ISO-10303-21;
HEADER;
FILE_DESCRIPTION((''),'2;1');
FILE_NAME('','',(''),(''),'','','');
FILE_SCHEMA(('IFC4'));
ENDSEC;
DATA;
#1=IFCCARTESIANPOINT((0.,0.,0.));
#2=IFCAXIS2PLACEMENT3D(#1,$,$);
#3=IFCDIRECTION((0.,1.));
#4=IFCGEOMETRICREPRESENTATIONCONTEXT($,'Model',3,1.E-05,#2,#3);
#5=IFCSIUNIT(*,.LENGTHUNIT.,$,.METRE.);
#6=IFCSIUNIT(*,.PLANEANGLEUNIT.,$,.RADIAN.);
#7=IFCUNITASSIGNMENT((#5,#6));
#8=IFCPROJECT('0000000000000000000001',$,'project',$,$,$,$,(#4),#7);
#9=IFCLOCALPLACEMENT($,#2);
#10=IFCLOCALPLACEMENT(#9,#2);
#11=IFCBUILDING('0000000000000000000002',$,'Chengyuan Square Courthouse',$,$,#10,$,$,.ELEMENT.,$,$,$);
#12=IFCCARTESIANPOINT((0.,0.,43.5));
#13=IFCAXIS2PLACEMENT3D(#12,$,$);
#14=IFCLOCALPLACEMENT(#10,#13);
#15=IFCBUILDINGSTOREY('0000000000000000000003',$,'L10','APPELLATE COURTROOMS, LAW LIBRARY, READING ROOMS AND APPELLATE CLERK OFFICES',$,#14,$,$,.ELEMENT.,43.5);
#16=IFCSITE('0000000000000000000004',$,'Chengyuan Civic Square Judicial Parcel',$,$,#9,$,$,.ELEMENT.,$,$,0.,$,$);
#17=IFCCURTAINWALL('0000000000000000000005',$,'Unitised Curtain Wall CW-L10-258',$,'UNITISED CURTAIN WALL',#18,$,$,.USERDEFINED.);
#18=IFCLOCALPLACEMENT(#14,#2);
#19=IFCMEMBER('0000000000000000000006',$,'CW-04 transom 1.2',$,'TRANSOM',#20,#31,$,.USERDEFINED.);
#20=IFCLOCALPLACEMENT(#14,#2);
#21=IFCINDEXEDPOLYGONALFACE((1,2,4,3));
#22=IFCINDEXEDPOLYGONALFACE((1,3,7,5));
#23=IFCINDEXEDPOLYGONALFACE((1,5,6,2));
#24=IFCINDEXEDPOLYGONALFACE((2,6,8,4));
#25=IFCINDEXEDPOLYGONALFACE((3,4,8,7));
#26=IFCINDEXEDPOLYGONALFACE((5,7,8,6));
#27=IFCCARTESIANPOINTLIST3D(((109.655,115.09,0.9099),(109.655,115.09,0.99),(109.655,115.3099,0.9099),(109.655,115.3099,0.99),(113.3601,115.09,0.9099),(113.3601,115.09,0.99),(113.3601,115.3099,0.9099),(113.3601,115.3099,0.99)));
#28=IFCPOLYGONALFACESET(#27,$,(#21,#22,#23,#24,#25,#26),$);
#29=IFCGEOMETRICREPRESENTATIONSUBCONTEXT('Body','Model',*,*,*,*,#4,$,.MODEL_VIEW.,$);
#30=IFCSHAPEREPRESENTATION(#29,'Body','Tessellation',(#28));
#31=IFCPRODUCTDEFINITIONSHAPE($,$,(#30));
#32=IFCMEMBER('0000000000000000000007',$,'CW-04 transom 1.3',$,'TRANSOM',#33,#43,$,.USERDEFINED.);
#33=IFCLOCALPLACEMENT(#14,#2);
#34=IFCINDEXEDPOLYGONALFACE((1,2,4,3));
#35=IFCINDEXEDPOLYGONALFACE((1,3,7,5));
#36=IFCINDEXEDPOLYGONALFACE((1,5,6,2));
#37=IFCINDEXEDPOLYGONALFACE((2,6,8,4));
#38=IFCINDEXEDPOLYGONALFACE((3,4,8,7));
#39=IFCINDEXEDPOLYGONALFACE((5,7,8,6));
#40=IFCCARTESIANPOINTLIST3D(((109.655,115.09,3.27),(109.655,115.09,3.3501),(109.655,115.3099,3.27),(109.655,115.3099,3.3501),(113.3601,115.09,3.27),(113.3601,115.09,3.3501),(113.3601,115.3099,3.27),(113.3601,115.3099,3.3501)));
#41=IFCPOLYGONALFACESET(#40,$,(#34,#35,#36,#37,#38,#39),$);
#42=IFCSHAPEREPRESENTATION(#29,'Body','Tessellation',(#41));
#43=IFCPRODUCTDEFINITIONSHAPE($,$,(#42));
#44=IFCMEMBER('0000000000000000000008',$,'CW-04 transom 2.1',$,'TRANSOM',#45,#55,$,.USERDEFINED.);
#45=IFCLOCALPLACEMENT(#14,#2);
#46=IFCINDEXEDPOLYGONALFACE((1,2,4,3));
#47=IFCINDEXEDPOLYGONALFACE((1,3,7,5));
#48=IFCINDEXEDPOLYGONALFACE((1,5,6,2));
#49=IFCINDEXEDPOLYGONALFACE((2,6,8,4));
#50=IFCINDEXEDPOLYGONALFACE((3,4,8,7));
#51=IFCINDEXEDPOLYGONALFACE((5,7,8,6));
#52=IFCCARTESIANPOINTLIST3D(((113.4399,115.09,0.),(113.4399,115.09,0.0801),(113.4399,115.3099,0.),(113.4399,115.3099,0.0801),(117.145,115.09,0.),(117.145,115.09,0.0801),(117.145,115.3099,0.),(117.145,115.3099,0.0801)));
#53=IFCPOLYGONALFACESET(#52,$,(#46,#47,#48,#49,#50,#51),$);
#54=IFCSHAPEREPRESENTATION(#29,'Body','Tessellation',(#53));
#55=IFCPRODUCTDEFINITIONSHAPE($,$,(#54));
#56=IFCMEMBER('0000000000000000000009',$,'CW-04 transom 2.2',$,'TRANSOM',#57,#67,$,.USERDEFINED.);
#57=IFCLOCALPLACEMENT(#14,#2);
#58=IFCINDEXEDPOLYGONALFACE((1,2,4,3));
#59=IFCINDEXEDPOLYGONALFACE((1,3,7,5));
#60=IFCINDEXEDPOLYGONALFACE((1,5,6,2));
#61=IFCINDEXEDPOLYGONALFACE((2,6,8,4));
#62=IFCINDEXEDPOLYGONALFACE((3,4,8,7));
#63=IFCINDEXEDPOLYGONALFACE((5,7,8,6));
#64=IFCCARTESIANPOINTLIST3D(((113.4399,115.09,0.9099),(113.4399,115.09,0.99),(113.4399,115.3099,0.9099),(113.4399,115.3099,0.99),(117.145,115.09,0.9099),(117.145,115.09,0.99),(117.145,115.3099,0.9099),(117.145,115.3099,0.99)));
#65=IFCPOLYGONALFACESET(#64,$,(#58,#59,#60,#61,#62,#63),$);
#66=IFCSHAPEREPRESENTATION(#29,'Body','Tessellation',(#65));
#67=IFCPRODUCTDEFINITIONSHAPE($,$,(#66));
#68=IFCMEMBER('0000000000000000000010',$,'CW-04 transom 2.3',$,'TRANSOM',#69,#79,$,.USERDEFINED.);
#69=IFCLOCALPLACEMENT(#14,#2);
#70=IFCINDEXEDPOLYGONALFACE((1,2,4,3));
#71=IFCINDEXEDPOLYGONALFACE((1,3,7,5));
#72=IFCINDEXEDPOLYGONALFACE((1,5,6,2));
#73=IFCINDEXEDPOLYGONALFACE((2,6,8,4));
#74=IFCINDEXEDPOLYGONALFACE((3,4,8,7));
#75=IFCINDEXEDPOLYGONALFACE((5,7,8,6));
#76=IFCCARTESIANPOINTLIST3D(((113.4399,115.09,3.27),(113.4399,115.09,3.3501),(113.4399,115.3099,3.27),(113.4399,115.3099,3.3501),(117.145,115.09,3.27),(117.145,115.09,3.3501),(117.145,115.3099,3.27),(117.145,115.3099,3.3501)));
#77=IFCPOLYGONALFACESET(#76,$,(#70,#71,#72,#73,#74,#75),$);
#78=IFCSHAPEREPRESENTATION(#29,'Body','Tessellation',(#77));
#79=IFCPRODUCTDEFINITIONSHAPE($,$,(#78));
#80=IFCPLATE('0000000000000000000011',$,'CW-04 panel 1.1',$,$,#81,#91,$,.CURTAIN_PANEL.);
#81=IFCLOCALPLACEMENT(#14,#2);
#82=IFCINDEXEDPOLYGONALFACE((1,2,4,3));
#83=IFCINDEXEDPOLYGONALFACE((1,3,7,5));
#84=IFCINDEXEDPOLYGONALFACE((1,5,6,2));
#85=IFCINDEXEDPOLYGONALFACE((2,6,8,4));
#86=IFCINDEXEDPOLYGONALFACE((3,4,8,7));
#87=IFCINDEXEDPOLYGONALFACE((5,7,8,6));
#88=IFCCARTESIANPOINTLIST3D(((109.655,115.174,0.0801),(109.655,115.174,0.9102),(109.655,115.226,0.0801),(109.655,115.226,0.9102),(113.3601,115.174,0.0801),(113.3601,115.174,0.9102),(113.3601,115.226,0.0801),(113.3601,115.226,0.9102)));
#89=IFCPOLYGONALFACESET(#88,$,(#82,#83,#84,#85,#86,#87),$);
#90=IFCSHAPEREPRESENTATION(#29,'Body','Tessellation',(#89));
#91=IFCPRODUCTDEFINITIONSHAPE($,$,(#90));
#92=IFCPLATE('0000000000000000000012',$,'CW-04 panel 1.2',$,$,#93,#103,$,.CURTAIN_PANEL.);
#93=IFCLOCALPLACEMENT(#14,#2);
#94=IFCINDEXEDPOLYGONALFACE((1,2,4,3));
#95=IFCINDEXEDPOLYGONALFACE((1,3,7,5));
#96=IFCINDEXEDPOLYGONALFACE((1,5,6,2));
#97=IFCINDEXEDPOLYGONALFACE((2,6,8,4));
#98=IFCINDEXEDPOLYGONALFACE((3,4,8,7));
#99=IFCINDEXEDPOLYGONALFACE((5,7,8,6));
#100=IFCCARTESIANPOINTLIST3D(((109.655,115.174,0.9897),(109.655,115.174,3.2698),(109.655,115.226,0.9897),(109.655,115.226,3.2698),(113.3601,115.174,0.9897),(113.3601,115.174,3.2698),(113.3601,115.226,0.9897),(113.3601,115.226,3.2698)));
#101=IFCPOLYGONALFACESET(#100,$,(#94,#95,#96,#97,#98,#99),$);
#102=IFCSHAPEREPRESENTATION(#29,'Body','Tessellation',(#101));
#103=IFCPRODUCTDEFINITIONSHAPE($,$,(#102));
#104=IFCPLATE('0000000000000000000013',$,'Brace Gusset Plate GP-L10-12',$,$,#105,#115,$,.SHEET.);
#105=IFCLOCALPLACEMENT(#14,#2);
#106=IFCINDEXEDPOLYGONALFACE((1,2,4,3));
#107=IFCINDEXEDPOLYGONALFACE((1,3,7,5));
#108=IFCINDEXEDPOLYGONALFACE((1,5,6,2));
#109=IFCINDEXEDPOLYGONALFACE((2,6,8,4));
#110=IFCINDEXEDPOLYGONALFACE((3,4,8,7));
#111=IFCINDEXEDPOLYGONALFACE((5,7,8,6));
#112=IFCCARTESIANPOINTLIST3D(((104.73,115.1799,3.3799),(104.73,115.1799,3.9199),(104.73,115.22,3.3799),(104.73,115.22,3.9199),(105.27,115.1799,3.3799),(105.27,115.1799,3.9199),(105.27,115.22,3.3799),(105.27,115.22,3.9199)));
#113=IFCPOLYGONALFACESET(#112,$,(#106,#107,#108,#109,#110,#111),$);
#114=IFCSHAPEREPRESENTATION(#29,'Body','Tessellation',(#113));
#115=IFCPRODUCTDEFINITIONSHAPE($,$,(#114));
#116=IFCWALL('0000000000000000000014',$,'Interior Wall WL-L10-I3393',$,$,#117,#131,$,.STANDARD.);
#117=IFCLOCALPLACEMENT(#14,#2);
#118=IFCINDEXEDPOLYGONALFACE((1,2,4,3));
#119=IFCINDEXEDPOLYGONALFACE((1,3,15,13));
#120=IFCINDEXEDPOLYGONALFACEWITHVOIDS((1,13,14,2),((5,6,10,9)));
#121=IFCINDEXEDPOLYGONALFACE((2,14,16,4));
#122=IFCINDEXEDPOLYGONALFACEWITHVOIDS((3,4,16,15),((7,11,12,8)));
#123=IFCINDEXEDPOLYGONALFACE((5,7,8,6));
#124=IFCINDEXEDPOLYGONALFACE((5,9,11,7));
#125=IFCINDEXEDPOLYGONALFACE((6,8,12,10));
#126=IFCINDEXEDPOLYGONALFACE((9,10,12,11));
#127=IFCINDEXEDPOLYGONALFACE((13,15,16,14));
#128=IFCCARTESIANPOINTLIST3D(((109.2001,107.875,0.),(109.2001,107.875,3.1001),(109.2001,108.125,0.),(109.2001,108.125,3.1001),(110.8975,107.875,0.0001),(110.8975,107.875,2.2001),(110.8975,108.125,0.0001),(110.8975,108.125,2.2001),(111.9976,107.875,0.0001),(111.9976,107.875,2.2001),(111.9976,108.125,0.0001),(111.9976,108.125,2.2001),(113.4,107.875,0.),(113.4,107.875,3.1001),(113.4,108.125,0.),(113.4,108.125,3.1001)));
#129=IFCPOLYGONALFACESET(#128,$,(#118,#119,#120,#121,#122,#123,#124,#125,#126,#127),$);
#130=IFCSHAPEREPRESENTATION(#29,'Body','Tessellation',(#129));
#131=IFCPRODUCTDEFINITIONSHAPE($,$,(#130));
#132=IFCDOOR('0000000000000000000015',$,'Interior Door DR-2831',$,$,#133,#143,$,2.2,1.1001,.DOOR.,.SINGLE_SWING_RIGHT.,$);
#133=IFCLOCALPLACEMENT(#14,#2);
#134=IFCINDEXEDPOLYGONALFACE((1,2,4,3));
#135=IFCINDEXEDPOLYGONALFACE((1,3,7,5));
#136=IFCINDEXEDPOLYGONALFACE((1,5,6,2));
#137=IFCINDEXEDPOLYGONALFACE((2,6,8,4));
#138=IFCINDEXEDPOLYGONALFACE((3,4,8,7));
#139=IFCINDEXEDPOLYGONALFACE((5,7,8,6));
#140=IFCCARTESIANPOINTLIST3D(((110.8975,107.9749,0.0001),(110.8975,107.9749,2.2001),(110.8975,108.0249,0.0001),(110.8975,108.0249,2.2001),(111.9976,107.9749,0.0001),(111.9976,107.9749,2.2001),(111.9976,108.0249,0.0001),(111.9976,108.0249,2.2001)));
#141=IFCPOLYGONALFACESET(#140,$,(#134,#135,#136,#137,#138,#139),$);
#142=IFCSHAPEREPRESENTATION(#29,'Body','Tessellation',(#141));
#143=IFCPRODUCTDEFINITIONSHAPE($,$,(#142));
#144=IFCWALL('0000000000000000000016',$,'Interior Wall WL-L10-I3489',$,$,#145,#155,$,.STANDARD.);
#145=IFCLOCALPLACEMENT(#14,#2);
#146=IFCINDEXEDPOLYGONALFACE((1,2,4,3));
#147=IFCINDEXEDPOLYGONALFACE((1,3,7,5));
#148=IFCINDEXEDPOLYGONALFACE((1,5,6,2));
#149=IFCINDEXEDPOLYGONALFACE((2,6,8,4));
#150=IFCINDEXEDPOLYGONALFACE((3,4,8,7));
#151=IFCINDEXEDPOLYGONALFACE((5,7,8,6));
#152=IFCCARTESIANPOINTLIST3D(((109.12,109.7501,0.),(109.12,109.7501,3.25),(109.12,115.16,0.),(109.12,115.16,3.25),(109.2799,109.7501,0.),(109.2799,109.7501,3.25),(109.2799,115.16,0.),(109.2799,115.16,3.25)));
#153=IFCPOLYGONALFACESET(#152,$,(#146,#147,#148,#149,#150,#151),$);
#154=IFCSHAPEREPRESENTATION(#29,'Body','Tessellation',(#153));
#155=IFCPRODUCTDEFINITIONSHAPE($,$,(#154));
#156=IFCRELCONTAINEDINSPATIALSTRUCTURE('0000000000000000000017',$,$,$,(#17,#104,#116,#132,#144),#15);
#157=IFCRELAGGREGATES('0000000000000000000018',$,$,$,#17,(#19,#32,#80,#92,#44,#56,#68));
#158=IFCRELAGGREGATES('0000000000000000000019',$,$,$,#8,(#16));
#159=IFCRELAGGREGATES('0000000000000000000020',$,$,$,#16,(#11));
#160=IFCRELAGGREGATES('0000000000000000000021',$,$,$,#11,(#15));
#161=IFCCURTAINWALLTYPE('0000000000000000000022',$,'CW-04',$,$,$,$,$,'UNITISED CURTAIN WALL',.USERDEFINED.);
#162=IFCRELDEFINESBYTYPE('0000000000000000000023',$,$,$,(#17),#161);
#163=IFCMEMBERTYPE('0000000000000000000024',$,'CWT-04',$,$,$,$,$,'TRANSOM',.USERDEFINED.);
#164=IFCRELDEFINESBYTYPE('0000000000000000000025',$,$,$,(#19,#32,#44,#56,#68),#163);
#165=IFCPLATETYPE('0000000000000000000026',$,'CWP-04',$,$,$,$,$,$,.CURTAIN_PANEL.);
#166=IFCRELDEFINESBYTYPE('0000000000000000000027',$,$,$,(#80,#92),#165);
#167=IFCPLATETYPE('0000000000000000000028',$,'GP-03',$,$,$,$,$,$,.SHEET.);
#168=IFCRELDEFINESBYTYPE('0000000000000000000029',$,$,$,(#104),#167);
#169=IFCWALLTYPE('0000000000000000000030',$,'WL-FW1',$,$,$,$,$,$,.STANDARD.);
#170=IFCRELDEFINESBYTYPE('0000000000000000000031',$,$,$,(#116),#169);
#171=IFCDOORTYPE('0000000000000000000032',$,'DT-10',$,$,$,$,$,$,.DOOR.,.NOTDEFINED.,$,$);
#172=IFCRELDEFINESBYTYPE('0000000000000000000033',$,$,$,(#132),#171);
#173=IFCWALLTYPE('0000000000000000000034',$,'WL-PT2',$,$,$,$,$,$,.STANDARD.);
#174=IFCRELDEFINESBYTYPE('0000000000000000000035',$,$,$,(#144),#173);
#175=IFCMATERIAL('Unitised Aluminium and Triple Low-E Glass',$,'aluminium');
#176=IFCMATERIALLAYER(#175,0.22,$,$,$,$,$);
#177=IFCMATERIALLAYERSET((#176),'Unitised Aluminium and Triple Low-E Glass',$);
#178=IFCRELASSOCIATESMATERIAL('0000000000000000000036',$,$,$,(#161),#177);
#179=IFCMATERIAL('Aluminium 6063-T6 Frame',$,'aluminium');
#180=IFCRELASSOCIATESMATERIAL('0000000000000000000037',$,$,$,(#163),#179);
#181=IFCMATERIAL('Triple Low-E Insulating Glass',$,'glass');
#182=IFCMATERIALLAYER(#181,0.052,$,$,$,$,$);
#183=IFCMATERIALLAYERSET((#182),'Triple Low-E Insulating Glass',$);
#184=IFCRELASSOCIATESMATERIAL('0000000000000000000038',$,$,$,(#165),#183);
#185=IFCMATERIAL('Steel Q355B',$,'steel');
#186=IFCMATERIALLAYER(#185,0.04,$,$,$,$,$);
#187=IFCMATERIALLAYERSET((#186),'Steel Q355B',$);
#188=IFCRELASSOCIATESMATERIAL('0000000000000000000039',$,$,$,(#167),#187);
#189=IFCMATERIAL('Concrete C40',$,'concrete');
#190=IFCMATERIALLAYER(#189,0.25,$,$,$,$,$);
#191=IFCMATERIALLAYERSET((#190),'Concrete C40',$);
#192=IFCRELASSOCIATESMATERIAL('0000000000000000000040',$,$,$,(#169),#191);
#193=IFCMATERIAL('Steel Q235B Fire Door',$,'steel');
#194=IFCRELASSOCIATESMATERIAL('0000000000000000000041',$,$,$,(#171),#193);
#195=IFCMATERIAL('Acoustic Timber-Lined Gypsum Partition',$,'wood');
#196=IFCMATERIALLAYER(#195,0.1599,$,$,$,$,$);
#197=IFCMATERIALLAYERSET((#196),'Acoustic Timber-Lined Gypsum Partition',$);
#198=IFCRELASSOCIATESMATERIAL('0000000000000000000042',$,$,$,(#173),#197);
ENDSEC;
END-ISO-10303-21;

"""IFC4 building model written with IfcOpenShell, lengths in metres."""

from ifc_helpers import new_model, si_unit, direction, frame, frame_2d, origin, origin_2d, place, context, subcontext, project, spatial, rectangle, extrude, material, layer, layer_set, material_profile, profile_set, type_object, element, fill, aggregate, save


model = new_model("IFC4")

# Units and contexts
model_context = context("Model", 3, precision=1e-05, world=origin(), true_north=direction((0.0, 1.0)))
body_context = subcontext(model_context, "Body", "Model", "MODEL_VIEW")
ifc_project = project(units=[si_unit("LENGTHUNIT", "METRE"), si_unit("PLANEANGLEUNIT", "RADIAN")], contexts=[model_context])

# Site, building, storey
site_placement = place(None, origin())
site = spatial("IfcSite", under=ifc_project, at=site_placement, Name="Chengyuan Civic Square Judicial Parcel", CompositionType="ELEMENT", RefElevation=0.0)
building_placement = place(site_placement, origin())
building = spatial("IfcBuilding", under=site, at=building_placement, Name="Chengyuan Square Courthouse", CompositionType="ELEMENT")
storey_placement = place(building_placement, frame((0.0, 0.0, 43.5)))
storey = spatial("IfcBuildingStorey", under=building, at=storey_placement, Name="L10", Description="APPELLATE COURTROOMS, LAW LIBRARY, READING ROOMS AND APPELLATE CLERK OFFICES", CompositionType="ELEMENT", Elevation=43.5)

# Shared definitions
ifc_material_1 = material(Name="Concrete C40", Category="concrete")

# Shared definitions
ifc_material_2 = material(Name="Steel Q355B", Category="steel")

# Curtain wall, members, plates
ifc_material_3 = material(Name="Unitised Aluminium and Triple Low-E Glass", Category="aluminium")
ifc_layer_1 = layer(ifc_material_3, 0.22)
ifc_layer_set_1 = layer_set([ifc_layer_1], Name="Unitised Aluminium and Triple Low-E Glass")
curtain_wall_type = type_object("IfcCurtainWallType", Name="CW-04", ElementType="UNITISED CURTAIN WALL", PredefinedType="USERDEFINED", material=ifc_layer_set_1)
curtain_wall_placement = place(storey_placement, origin())
curtain_wall = element("IfcCurtainWall", 1, at=curtain_wall_placement, inside=storey, type_object=curtain_wall_type, Name="Unitised Curtain Wall CW-L10-258", ObjectType="UNITISED CURTAIN WALL", PredefinedType="USERDEFINED")
ifc_material_4 = material(Name="Aluminium 6063-T6 Frame", Category="aluminium")
ifc_material_profile_1 = material_profile(ifc_material_4, rectangle(XDim=0.22, YDim=0.0801, at=origin_2d()), Name="CW-TRN-80x180")
ifc_profile_set_1 = profile_set([ifc_material_profile_1], Name="Aluminium 6063-T6 Frame")
member_type_1 = type_object("IfcMemberType", Name="CWT-04", ElementType="TRANSOM", PredefinedType="USERDEFINED", material=ifc_profile_set_1)
member_1_placement = place(storey_placement, frame((109.655, 115.2, 0.95), z_axis=(1.0, 0.0, 0.0), x_axis=(0.0, 1.0, 0.0)))
member_1 = element("IfcMember", 2, at=member_1_placement, type_object=member_type_1, Name="CW-04 transom 1.2", ObjectType="TRANSOM", PredefinedType="USERDEFINED", context=body_context, shape_type="SweptSolid", body=[
    extrude(rectangle(XDim=0.22, YDim=0.0801, at=origin_2d()), origin(), (0.0, 0.0, 1.0), 3.7051),
])
member_2_placement = place(storey_placement, frame((109.655, 115.2, 3.3101), z_axis=(1.0, 0.0, 0.0), x_axis=(0.0, 1.0, 0.0)))
member_2 = element("IfcMember", 3, at=member_2_placement, type_object=member_type_1, Name="CW-04 transom 1.3", ObjectType="TRANSOM", PredefinedType="USERDEFINED", context=body_context, shape_type="SweptSolid", body=[
    extrude(rectangle(XDim=0.22, YDim=0.0801, at=origin_2d()), origin(), (0.0, 0.0, 1.0), 3.7051),
])
member_3_placement = place(storey_placement, frame((113.4399, 115.2, 0.04), z_axis=(1.0, 0.0, 0.0), x_axis=(0.0, 1.0, 0.0)))
member_3 = element("IfcMember", 4, at=member_3_placement, type_object=member_type_1, Name="CW-04 transom 2.1", ObjectType="TRANSOM", PredefinedType="USERDEFINED", context=body_context, shape_type="SweptSolid", body=[
    extrude(rectangle(XDim=0.22, YDim=0.0801, at=origin_2d()), origin(), (0.0, 0.0, 1.0), 3.7051),
])
member_4_placement = place(storey_placement, frame((113.4399, 115.2, 0.95), z_axis=(1.0, 0.0, 0.0), x_axis=(0.0, 1.0, 0.0)))
member_4 = element("IfcMember", 5, at=member_4_placement, type_object=member_type_1, Name="CW-04 transom 2.2", ObjectType="TRANSOM", PredefinedType="USERDEFINED", context=body_context, shape_type="SweptSolid", body=[
    extrude(rectangle(XDim=0.22, YDim=0.0801, at=origin_2d()), origin(), (0.0, 0.0, 1.0), 3.7051),
])
member_5_placement = place(storey_placement, frame((113.4399, 115.2, 3.3101), z_axis=(1.0, 0.0, 0.0), x_axis=(0.0, 1.0, 0.0)))
member_5 = element("IfcMember", 6, at=member_5_placement, type_object=member_type_1, Name="CW-04 transom 2.3", ObjectType="TRANSOM", PredefinedType="USERDEFINED", context=body_context, shape_type="SweptSolid", body=[
    extrude(rectangle(XDim=0.22, YDim=0.0801, at=origin_2d()), origin(), (0.0, 0.0, 1.0), 3.7051),
])
ifc_material_5 = material(Name="Triple Low-E Insulating Glass", Category="glass")
ifc_layer_2 = layer(ifc_material_5, 0.052)
ifc_layer_set_2 = layer_set([ifc_layer_2], Name="Triple Low-E Insulating Glass")
plate_type_1 = type_object("IfcPlateType", Name="CWP-04", PredefinedType="CURTAIN_PANEL", material=ifc_layer_set_2)
plate_1_placement = place(storey_placement, frame((111.5076, 115.2, 0.0801), z_axis=(0.0, 0.0, 1.0), x_axis=(1.0, 0.0, 0.0)))
plate_1 = element("IfcPlate", 7, at=plate_1_placement, type_object=plate_type_1, Name="CW-04 panel 1.1", PredefinedType="CURTAIN_PANEL", context=body_context, shape_type="SweptSolid", body=[
    extrude(rectangle(XDim=3.7051, YDim=0.052, at=origin_2d()), origin(), (0.0, 0.0, 1.0), 0.8301),
])
plate_2_placement = place(storey_placement, frame((111.5076, 115.2, 0.9897), z_axis=(0.0, 0.0, 1.0), x_axis=(1.0, 0.0, 0.0)))
plate_2 = element("IfcPlate", 8, at=plate_2_placement, type_object=plate_type_1, Name="CW-04 panel 1.2", PredefinedType="CURTAIN_PANEL", context=body_context, shape_type="SweptSolid", body=[
    extrude(rectangle(XDim=3.7051, YDim=0.052, at=origin_2d()), origin(), (0.0, 0.0, 1.0), 2.28),
])
aggregate(curtain_wall, [member_1, member_2, plate_1, plate_2, member_3, member_4, member_5])

# Plate
ifc_layer_3 = layer(ifc_material_2, 0.04)
ifc_layer_set_3 = layer_set([ifc_layer_3], Name="Steel Q355B")
plate_type_2 = type_object("IfcPlateType", Name="GP-03", PredefinedType="SHEET", material=ifc_layer_set_3)
plate_3_placement = place(storey_placement, frame((105.0, 115.2, 3.3799), z_axis=(0.0, 0.0, 1.0), x_axis=(1.0, 0.0, 0.0)))
element("IfcPlate", 9, at=plate_3_placement, inside=storey, type_object=plate_type_2, Name="Brace Gusset Plate GP-L10-12", PredefinedType="SHEET", context=body_context, shape_type="SweptSolid", body=[
    extrude(rectangle(XDim=0.54, YDim=0.04, at=origin_2d()), origin(), (0.0, 0.0, 1.0), 0.54),
])

# Wall, opening, door
ifc_layer_4 = layer(ifc_material_1, 0.25)
ifc_layer_set_4 = layer_set([ifc_layer_4], Name="Concrete C40")
wall_type_1 = type_object("IfcWallType", Name="WL-FW1", PredefinedType="STANDARD", material=ifc_layer_set_4)
wall_1_placement = place(storey_placement, frame((109.2, 108.0, 0.0), z_axis=(0.0, 0.0, 1.0), x_axis=(1.0, 0.0, 0.0)))
wall_1 = element("IfcWall", 10, at=wall_1_placement, inside=storey, type_object=wall_type_1, Name="Interior Wall WL-L10-I3393", PredefinedType="STANDARD", context=body_context, shape_type="SweptSolid", body=[
    extrude(rectangle(XDim=4.2, YDim=0.25, at=frame_2d((2.1001, 0.0))), origin(), (0.0, 0.0, 1.0), 3.1001),
])
opening_1_placement = place(wall_1_placement, frame((1.6975, 0.0, 0.0)))
opening_1 = element("IfcOpeningElement", 11, at=opening_1_placement, cuts=wall_1, PredefinedType="OPENING", context=body_context, shape_type="SweptSolid", body=[
    extrude(rectangle(XDim=1.1001, YDim=2.2, at=frame_2d((0.55, 1.1001))), frame((0.0, 0.137, 0.0), z_axis=(0.0, -1.0, 0.0), x_axis=(1.0, 0.0, 0.0)), (0.0, 0.0, 1.0), 0.2739),
])
ifc_material_6 = material(Name="Steel Q235B Fire Door", Category="steel")
door_type_1 = type_object("IfcDoorType", Name="DT-10", OperationType="NOTDEFINED", PredefinedType="DOOR", material=ifc_material_6)
door_1_placement = place(opening_1_placement, origin())
door_1 = element("IfcDoor", 12, at=door_1_placement, inside=storey, type_object=door_type_1, Name="Interior Door DR-2831", OperationType="SINGLE_SWING_RIGHT", OverallHeight=2.2, OverallWidth=1.1001, PredefinedType="DOOR", context=body_context, shape_type="SweptSolid", body=[
    extrude(rectangle(XDim=1.1001, YDim=2.2, at=frame_2d((0.55, 1.1001))), frame((0.0, 0.0249, 0.0), z_axis=(0.0, -1.0, 0.0), x_axis=(1.0, 0.0, 0.0)), (0.0, 0.0, 1.0), 0.05),
])
fill(opening_1, door_1)

# Wall
ifc_material_7 = material(Name="Acoustic Timber-Lined Gypsum Partition", Category="wood")
ifc_layer_5 = layer(ifc_material_7, 0.1599)
ifc_layer_set_5 = layer_set([ifc_layer_5], Name="Acoustic Timber-Lined Gypsum Partition")
wall_type_2 = type_object("IfcWallType", Name="WL-PT2", PredefinedType="STANDARD", material=ifc_layer_set_5)
wall_2_placement = place(storey_placement, frame((109.2, 109.75, 0.0), z_axis=(0.0, 0.0, 1.0), x_axis=(0.0, 1.0, 0.0)))
element("IfcWall", 13, at=wall_2_placement, inside=storey, type_object=wall_type_2, Name="Interior Wall WL-L10-I3489", PredefinedType="STANDARD", context=body_context, shape_type="SweptSolid", body=[
    extrude(rectangle(XDim=5.4099, YDim=0.1599, at=frame_2d((2.7051, 0.0))), origin(), (0.0, 0.0, 1.0), 3.25),
])

save(model, "model.ifc")
